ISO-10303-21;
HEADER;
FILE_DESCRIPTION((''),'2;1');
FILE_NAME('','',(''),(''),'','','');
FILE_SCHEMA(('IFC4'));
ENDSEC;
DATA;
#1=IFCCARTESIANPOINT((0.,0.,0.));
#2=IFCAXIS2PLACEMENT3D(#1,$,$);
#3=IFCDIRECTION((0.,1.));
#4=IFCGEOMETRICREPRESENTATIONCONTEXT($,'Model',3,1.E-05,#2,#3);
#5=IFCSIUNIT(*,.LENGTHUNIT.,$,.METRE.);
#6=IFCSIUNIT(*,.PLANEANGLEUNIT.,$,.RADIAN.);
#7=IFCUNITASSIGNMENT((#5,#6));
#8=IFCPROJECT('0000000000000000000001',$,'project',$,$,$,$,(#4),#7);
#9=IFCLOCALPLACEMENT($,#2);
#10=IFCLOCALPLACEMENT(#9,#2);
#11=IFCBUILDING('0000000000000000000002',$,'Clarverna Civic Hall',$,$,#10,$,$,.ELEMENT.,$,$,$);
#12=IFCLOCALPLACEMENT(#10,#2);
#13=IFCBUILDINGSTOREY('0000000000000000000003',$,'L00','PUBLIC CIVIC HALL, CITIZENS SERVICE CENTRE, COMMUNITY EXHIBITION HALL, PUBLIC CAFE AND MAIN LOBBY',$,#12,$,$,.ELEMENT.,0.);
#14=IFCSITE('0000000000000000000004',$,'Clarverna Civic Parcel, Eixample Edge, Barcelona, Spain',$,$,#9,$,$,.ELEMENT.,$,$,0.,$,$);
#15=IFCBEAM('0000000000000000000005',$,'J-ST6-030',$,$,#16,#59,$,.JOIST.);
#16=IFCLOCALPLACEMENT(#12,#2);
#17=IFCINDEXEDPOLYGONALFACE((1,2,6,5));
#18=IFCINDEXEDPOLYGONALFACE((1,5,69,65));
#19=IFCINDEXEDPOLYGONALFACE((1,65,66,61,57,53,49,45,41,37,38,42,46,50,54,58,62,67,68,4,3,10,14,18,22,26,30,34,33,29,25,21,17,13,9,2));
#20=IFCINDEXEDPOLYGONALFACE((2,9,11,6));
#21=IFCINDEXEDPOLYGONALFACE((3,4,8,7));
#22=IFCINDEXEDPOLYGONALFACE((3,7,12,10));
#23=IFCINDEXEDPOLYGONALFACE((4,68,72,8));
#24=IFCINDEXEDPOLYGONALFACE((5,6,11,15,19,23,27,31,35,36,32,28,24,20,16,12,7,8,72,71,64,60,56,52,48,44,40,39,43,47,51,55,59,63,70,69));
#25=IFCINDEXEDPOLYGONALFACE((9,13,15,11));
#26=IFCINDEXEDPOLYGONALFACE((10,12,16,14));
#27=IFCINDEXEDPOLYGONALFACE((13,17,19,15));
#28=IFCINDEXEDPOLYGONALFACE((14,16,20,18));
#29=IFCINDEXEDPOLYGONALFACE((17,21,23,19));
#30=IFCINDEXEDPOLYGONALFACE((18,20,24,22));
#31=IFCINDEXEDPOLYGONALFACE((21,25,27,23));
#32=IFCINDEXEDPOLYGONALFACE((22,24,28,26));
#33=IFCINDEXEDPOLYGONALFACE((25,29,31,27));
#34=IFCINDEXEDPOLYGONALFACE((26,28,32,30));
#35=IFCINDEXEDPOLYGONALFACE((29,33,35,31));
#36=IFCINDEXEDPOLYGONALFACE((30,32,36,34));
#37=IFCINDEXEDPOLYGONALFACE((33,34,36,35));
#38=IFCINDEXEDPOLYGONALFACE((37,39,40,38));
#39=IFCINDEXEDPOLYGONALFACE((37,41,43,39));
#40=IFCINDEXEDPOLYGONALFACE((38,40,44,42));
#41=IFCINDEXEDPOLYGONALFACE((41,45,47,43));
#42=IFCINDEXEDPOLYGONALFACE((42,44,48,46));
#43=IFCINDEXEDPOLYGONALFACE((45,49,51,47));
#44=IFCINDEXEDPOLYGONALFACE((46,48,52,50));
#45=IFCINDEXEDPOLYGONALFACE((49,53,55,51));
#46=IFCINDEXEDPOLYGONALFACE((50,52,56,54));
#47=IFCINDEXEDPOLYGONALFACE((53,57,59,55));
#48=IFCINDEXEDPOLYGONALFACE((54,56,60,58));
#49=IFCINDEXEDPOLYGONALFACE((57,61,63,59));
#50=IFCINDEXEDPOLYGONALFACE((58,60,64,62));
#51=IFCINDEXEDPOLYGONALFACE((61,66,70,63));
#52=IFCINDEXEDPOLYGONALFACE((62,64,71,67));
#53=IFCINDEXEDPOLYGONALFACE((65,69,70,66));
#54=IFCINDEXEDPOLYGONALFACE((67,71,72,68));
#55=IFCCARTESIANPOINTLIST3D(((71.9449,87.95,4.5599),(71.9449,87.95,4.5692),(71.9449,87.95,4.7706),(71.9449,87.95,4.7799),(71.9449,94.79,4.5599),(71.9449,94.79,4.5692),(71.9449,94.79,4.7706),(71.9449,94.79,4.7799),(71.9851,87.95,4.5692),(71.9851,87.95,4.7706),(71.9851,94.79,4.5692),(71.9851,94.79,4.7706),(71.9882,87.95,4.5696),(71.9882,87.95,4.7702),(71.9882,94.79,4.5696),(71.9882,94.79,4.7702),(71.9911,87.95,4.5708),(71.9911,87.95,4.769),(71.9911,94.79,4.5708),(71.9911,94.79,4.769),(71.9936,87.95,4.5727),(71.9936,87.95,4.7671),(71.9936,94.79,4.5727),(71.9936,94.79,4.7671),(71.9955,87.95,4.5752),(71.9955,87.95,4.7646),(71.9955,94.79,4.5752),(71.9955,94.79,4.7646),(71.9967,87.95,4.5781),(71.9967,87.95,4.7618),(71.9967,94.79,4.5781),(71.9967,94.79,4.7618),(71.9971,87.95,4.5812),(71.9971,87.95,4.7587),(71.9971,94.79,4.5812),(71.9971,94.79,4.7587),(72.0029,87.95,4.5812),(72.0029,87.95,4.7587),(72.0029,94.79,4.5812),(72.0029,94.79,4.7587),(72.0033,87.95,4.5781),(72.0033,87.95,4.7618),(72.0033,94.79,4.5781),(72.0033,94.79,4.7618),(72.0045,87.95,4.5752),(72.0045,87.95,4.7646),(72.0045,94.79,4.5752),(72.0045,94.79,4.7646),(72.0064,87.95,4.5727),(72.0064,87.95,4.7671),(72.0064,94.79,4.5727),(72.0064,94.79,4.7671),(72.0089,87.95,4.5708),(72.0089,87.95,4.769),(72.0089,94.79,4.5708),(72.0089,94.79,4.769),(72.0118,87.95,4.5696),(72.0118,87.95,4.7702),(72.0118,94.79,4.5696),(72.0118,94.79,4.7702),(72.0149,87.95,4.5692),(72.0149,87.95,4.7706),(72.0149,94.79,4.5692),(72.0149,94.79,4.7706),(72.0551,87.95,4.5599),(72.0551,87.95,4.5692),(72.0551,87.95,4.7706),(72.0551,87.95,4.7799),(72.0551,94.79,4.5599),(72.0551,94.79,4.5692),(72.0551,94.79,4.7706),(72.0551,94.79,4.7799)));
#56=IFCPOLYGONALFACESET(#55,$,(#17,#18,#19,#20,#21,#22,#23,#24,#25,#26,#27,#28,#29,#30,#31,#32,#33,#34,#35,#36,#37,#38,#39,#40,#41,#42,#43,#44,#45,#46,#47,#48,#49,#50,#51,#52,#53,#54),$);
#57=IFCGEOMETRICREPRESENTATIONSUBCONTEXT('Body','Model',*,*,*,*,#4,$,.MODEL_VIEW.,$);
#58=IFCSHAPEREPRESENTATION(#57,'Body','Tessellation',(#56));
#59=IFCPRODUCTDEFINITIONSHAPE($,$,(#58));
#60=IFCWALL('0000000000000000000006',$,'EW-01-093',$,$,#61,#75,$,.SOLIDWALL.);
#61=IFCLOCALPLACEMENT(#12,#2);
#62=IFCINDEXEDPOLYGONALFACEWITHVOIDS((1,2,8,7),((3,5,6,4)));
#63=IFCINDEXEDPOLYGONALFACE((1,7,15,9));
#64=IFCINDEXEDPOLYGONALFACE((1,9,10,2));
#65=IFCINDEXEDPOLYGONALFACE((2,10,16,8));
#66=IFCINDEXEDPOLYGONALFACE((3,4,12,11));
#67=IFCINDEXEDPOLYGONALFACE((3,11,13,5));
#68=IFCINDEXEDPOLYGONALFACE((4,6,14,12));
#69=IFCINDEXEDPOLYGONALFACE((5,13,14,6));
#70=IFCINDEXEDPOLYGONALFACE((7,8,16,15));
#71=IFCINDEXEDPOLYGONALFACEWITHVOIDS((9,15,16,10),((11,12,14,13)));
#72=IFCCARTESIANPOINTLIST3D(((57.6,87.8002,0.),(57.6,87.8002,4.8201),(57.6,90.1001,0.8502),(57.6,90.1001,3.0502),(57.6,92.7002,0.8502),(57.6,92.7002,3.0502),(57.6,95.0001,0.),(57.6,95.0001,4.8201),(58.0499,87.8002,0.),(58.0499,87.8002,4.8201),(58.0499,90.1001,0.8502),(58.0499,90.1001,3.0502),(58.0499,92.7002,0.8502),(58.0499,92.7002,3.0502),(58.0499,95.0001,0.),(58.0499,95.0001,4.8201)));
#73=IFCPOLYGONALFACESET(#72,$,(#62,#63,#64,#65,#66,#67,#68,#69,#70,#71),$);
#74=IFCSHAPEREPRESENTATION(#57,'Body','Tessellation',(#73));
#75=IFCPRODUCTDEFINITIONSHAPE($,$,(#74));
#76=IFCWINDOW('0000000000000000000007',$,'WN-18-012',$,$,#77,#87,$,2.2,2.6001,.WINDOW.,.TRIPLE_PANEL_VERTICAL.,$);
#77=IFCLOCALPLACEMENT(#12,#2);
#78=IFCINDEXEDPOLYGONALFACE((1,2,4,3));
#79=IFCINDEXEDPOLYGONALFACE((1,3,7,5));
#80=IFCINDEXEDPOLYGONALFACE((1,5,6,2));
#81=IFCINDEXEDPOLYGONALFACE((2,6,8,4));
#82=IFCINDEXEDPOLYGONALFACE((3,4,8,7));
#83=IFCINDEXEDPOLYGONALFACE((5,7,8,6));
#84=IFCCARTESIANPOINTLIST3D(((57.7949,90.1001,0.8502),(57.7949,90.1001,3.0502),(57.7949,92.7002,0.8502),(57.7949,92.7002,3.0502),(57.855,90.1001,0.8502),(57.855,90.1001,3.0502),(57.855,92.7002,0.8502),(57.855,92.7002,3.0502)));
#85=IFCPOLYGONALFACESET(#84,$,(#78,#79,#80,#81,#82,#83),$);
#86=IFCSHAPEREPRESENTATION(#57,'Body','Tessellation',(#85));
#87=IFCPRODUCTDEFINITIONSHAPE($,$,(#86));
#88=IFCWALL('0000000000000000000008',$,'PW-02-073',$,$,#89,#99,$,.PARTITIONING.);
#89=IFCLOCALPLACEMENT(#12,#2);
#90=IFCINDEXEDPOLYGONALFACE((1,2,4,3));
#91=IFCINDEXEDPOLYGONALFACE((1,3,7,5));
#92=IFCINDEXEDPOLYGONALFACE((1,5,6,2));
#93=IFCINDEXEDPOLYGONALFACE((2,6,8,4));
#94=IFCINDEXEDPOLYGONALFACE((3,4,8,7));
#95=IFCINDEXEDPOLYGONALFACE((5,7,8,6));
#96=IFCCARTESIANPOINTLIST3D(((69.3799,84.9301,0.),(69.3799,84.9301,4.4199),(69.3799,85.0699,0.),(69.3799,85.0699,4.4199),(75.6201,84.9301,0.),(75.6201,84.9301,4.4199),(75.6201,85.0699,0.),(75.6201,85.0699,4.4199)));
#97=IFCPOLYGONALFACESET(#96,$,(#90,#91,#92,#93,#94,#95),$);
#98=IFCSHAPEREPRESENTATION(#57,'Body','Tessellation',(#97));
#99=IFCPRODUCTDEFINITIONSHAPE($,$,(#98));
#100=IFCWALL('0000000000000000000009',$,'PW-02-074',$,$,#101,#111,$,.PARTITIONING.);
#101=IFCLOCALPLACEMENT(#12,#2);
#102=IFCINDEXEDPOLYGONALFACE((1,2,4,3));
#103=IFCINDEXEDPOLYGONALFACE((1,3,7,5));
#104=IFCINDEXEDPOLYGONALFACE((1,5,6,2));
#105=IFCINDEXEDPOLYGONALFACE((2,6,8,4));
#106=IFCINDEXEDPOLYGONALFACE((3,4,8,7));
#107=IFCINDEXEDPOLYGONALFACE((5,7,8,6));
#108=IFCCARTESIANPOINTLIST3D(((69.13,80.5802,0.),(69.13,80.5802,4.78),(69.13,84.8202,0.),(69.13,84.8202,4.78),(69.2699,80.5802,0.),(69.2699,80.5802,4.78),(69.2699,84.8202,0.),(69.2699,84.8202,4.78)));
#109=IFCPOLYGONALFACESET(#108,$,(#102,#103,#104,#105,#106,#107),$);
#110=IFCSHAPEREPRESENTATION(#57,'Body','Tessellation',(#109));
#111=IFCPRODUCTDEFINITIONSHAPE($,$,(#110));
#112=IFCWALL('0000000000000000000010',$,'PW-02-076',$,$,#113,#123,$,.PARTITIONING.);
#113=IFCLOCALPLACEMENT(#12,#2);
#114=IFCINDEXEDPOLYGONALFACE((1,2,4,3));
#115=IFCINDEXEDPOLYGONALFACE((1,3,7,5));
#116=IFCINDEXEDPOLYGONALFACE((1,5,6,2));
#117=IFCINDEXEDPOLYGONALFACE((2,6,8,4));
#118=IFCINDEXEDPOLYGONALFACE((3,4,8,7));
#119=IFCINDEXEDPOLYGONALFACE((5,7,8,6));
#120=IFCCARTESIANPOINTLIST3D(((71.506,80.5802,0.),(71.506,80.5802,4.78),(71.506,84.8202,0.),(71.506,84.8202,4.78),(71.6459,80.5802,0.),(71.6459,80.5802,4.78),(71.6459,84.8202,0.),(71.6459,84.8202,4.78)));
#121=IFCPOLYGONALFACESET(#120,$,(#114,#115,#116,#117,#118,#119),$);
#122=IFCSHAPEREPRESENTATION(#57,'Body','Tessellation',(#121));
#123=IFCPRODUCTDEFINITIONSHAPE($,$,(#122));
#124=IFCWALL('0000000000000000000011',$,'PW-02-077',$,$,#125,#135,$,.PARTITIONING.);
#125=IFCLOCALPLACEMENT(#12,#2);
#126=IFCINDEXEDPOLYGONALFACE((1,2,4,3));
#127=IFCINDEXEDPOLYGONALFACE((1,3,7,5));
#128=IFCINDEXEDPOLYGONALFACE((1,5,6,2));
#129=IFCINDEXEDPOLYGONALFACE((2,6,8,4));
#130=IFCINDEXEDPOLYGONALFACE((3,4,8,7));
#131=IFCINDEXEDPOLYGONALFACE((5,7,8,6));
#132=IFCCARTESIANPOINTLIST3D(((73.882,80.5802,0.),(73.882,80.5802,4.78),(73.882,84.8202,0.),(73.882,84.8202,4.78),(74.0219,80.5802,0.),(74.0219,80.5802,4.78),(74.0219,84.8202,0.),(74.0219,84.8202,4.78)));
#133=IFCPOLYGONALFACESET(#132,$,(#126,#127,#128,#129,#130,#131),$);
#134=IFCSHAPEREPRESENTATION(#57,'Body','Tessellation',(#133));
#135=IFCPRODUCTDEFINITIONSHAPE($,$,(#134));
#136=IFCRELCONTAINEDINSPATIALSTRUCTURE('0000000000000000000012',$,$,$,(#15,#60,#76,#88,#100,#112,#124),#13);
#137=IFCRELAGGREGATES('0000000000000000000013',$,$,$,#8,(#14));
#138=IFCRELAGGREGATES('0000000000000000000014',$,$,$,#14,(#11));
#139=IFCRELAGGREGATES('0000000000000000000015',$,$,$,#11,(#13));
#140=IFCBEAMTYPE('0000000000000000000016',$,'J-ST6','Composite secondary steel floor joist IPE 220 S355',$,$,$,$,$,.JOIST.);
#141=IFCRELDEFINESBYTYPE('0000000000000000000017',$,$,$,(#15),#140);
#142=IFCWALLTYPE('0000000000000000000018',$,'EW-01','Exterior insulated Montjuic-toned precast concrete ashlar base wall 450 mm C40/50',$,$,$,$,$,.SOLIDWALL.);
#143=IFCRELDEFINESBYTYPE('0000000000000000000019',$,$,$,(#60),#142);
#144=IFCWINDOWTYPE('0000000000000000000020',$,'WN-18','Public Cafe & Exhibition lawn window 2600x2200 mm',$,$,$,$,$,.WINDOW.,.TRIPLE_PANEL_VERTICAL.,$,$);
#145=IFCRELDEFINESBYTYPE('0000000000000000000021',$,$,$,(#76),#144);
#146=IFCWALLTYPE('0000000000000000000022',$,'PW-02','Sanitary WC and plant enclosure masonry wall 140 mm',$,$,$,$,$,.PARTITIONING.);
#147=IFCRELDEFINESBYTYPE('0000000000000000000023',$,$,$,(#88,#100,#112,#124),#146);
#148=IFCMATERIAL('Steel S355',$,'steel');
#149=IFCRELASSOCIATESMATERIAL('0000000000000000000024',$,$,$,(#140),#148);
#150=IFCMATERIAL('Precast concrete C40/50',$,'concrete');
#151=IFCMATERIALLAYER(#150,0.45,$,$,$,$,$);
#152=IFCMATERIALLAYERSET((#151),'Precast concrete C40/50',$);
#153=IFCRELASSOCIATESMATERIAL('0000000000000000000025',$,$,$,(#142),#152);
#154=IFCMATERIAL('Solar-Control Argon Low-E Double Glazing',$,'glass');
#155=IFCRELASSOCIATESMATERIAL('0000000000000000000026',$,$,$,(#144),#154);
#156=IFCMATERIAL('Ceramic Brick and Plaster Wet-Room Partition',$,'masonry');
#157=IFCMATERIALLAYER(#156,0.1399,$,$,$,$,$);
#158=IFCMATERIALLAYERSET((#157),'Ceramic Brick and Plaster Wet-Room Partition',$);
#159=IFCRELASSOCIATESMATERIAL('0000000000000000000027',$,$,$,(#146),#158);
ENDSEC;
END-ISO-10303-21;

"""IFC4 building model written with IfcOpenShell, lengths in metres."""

from ifc_helpers import new_model, si_unit, direction, frame, frame_2d, origin, origin_2d, place, context, subcontext, project, spatial, rectangle, i_section, extrude, material, layer, layer_set, material_profile, profile_set, type_object, element, fill, save


model = new_model("IFC4")

# Units and contexts
model_context = context("Model", 3, precision=1e-05, world=origin(), true_north=direction((0.0, 1.0)))
body_context = subcontext(model_context, "Body", "Model", "MODEL_VIEW")
ifc_project = project(units=[si_unit("LENGTHUNIT", "METRE"), si_unit("PLANEANGLEUNIT", "RADIAN")], contexts=[model_context])

# Site, building, storey
site_placement = place(None, origin())
site = spatial("IfcSite", under=ifc_project, at=site_placement, Name="Clarverna Civic Parcel, Eixample Edge, Barcelona, Spain", CompositionType="ELEMENT", RefElevation=0.0)
building_placement = place(site_placement, origin())
building = spatial("IfcBuilding", under=site, at=building_placement, Name="Clarverna Civic Hall", CompositionType="ELEMENT")
storey_placement = place(building_placement, origin())
storey = spatial("IfcBuildingStorey", under=building, at=storey_placement, Name="L00", Description="PUBLIC CIVIC HALL, CITIZENS SERVICE CENTRE, COMMUNITY EXHIBITION HALL, PUBLIC CAFE AND MAIN LOBBY", CompositionType="ELEMENT", Elevation=0.0)

# Beam
ifc_material_1 = material(Name="Steel S355", Category="steel")
ifc_material_profile_1 = material_profile(ifc_material_1, i_section(OverallWidth=0.1101, OverallDepth=0.22, WebThickness=0.0059, FlangeThickness=0.0093, FilletRadius=0.012, at=origin_2d()), Name="IPE 220")
ifc_profile_set_1 = profile_set([ifc_material_profile_1], Name="Steel S355")
beam_type_1 = type_object("IfcBeamType", Name="J-ST6", Description="Composite secondary steel floor joist IPE 220 S355", PredefinedType="JOIST", material=ifc_profile_set_1)
beam_1_placement = place(storey_placement, frame((72.0, 87.95, 4.6699), z_axis=(0.0, 1.0, 0.0), x_axis=(-1.0, 0.0, 0.0)))
element("IfcBeam", 1, at=beam_1_placement, inside=storey, type_object=beam_type_1, Name="J-ST6-030", PredefinedType="JOIST", context=body_context, shape_type="SweptSolid", body=[
    extrude(i_section(OverallWidth=0.1101, OverallDepth=0.22, WebThickness=0.0059, FlangeThickness=0.0093, FilletRadius=0.012, at=origin_2d()), origin(), (0.0, 0.0, 1.0), 6.8401),
])

# Wall, opening, window
ifc_material_2 = material(Name="Precast concrete C40/50", Category="concrete")
ifc_layer_1 = layer(ifc_material_2, 0.45)
ifc_layer_set_1 = layer_set([ifc_layer_1], Name="Precast concrete C40/50")
wall_type_1 = type_object("IfcWallType", Name="EW-01", Description="Exterior insulated Montjuic-toned precast concrete ashlar base wall 450 mm C40/50", PredefinedType="SOLIDWALL", material=ifc_layer_set_1)
wall_1_placement = place(storey_placement, frame((57.825, 87.8, 0.0), z_axis=(0.0, 0.0, 1.0), x_axis=(0.0, 1.0, 0.0)))
wall_1 = element("IfcWall", 2, at=wall_1_placement, inside=storey, type_object=wall_type_1, Name="EW-01-093", PredefinedType="SOLIDWALL", context=body_context, shape_type="SweptSolid", body=[
    extrude(rectangle(XDim=7.2, YDim=0.45, at=frame_2d((3.6001, 0.0))), origin(), (0.0, 0.0, 1.0), 4.8201),
])
opening_1_placement = place(wall_1_placement, frame((2.3, 0.0, 0.8501)))
opening_1 = element("IfcOpeningElement", 3, at=opening_1_placement, cuts=wall_1, PredefinedType="OPENING", context=body_context, shape_type="SweptSolid", body=[
    extrude(rectangle(XDim=2.6001, YDim=2.2, at=frame_2d((1.3, 1.1001))), frame((0.0, 0.2349, 0.0), z_axis=(0.0, -1.0, 0.0), x_axis=(1.0, 0.0, 0.0)), (0.0, 0.0, 1.0), 0.47),
])
ifc_material_3 = material(Name="Solar-Control Argon Low-E Double Glazing", Category="glass")
window_type = type_object("IfcWindowType", Name="WN-18", Description="Public Cafe & Exhibition lawn window 2600x2200 mm", PartitioningType="TRIPLE_PANEL_VERTICAL", PredefinedType="WINDOW", material=ifc_material_3)
window_placement = place(opening_1_placement, origin())
window = element("IfcWindow", 4, at=window_placement, inside=storey, type_object=window_type, Name="WN-18-012", OverallHeight=2.2, OverallWidth=2.6001, PartitioningType="TRIPLE_PANEL_VERTICAL", PredefinedType="WINDOW", context=body_context, shape_type="SweptSolid", body=[
    extrude(rectangle(XDim=2.6001, YDim=2.2, at=frame_2d((1.3, 1.1001))), frame((0.0, 0.03, 0.0), z_axis=(0.0, -1.0, 0.0), x_axis=(1.0, 0.0, 0.0)), (0.0, 0.0, 1.0), 0.0601),
])
fill(opening_1, window)

# Walls
ifc_material_4 = material(Name="Ceramic Brick and Plaster Wet-Room Partition", Category="masonry")
ifc_layer_2 = layer(ifc_material_4, 0.1399)
ifc_layer_set_2 = layer_set([ifc_layer_2], Name="Ceramic Brick and Plaster Wet-Room Partition")
wall_type_2 = type_object("IfcWallType", Name="PW-02", Description="Sanitary WC and plant enclosure masonry wall 140 mm", PredefinedType="PARTITIONING", material=ifc_layer_set_2)
wall_2_placement = place(storey_placement, frame((69.3799, 85.0, 0.0), z_axis=(0.0, 0.0, 1.0), x_axis=(1.0, 0.0, 0.0)))
element("IfcWall", 5, at=wall_2_placement, inside=storey, type_object=wall_type_2, Name="PW-02-073", PredefinedType="PARTITIONING", context=body_context, shape_type="SweptSolid", body=[
    extrude(rectangle(XDim=6.2402, YDim=0.1399, at=frame_2d((3.1201, 0.0))), origin(), (0.0, 0.0, 1.0), 4.4199),
])
for number, where, z_axis, x_axis, name in (
    (6, (69.2, 80.5801, 0.0), (0.0, 0.0, 1.0), (0.0, 1.0, 0.0), "PW-02-074"),
    (7, (71.5759, 80.5801, 0.0), (0.0, 0.0, 1.0), (0.0, 1.0, 0.0), "PW-02-076"),
    (8, (73.9519, 80.5801, 0.0), (0.0, 0.0, 1.0), (0.0, 1.0, 0.0), "PW-02-077"),
):
    element("IfcWall", number, at=place(storey_placement, frame(where, z_axis=z_axis, x_axis=x_axis)), inside=storey, type_object=wall_type_2, Name=name, PredefinedType="PARTITIONING", context=body_context, shape_type="SweptSolid", body=[
        extrude(rectangle(XDim=4.24, YDim=0.1399, at=frame_2d((2.1201, 0.0))), origin(), (0.0, 0.0, 1.0), 4.78),
    ])

save(model, "model.ifc")
